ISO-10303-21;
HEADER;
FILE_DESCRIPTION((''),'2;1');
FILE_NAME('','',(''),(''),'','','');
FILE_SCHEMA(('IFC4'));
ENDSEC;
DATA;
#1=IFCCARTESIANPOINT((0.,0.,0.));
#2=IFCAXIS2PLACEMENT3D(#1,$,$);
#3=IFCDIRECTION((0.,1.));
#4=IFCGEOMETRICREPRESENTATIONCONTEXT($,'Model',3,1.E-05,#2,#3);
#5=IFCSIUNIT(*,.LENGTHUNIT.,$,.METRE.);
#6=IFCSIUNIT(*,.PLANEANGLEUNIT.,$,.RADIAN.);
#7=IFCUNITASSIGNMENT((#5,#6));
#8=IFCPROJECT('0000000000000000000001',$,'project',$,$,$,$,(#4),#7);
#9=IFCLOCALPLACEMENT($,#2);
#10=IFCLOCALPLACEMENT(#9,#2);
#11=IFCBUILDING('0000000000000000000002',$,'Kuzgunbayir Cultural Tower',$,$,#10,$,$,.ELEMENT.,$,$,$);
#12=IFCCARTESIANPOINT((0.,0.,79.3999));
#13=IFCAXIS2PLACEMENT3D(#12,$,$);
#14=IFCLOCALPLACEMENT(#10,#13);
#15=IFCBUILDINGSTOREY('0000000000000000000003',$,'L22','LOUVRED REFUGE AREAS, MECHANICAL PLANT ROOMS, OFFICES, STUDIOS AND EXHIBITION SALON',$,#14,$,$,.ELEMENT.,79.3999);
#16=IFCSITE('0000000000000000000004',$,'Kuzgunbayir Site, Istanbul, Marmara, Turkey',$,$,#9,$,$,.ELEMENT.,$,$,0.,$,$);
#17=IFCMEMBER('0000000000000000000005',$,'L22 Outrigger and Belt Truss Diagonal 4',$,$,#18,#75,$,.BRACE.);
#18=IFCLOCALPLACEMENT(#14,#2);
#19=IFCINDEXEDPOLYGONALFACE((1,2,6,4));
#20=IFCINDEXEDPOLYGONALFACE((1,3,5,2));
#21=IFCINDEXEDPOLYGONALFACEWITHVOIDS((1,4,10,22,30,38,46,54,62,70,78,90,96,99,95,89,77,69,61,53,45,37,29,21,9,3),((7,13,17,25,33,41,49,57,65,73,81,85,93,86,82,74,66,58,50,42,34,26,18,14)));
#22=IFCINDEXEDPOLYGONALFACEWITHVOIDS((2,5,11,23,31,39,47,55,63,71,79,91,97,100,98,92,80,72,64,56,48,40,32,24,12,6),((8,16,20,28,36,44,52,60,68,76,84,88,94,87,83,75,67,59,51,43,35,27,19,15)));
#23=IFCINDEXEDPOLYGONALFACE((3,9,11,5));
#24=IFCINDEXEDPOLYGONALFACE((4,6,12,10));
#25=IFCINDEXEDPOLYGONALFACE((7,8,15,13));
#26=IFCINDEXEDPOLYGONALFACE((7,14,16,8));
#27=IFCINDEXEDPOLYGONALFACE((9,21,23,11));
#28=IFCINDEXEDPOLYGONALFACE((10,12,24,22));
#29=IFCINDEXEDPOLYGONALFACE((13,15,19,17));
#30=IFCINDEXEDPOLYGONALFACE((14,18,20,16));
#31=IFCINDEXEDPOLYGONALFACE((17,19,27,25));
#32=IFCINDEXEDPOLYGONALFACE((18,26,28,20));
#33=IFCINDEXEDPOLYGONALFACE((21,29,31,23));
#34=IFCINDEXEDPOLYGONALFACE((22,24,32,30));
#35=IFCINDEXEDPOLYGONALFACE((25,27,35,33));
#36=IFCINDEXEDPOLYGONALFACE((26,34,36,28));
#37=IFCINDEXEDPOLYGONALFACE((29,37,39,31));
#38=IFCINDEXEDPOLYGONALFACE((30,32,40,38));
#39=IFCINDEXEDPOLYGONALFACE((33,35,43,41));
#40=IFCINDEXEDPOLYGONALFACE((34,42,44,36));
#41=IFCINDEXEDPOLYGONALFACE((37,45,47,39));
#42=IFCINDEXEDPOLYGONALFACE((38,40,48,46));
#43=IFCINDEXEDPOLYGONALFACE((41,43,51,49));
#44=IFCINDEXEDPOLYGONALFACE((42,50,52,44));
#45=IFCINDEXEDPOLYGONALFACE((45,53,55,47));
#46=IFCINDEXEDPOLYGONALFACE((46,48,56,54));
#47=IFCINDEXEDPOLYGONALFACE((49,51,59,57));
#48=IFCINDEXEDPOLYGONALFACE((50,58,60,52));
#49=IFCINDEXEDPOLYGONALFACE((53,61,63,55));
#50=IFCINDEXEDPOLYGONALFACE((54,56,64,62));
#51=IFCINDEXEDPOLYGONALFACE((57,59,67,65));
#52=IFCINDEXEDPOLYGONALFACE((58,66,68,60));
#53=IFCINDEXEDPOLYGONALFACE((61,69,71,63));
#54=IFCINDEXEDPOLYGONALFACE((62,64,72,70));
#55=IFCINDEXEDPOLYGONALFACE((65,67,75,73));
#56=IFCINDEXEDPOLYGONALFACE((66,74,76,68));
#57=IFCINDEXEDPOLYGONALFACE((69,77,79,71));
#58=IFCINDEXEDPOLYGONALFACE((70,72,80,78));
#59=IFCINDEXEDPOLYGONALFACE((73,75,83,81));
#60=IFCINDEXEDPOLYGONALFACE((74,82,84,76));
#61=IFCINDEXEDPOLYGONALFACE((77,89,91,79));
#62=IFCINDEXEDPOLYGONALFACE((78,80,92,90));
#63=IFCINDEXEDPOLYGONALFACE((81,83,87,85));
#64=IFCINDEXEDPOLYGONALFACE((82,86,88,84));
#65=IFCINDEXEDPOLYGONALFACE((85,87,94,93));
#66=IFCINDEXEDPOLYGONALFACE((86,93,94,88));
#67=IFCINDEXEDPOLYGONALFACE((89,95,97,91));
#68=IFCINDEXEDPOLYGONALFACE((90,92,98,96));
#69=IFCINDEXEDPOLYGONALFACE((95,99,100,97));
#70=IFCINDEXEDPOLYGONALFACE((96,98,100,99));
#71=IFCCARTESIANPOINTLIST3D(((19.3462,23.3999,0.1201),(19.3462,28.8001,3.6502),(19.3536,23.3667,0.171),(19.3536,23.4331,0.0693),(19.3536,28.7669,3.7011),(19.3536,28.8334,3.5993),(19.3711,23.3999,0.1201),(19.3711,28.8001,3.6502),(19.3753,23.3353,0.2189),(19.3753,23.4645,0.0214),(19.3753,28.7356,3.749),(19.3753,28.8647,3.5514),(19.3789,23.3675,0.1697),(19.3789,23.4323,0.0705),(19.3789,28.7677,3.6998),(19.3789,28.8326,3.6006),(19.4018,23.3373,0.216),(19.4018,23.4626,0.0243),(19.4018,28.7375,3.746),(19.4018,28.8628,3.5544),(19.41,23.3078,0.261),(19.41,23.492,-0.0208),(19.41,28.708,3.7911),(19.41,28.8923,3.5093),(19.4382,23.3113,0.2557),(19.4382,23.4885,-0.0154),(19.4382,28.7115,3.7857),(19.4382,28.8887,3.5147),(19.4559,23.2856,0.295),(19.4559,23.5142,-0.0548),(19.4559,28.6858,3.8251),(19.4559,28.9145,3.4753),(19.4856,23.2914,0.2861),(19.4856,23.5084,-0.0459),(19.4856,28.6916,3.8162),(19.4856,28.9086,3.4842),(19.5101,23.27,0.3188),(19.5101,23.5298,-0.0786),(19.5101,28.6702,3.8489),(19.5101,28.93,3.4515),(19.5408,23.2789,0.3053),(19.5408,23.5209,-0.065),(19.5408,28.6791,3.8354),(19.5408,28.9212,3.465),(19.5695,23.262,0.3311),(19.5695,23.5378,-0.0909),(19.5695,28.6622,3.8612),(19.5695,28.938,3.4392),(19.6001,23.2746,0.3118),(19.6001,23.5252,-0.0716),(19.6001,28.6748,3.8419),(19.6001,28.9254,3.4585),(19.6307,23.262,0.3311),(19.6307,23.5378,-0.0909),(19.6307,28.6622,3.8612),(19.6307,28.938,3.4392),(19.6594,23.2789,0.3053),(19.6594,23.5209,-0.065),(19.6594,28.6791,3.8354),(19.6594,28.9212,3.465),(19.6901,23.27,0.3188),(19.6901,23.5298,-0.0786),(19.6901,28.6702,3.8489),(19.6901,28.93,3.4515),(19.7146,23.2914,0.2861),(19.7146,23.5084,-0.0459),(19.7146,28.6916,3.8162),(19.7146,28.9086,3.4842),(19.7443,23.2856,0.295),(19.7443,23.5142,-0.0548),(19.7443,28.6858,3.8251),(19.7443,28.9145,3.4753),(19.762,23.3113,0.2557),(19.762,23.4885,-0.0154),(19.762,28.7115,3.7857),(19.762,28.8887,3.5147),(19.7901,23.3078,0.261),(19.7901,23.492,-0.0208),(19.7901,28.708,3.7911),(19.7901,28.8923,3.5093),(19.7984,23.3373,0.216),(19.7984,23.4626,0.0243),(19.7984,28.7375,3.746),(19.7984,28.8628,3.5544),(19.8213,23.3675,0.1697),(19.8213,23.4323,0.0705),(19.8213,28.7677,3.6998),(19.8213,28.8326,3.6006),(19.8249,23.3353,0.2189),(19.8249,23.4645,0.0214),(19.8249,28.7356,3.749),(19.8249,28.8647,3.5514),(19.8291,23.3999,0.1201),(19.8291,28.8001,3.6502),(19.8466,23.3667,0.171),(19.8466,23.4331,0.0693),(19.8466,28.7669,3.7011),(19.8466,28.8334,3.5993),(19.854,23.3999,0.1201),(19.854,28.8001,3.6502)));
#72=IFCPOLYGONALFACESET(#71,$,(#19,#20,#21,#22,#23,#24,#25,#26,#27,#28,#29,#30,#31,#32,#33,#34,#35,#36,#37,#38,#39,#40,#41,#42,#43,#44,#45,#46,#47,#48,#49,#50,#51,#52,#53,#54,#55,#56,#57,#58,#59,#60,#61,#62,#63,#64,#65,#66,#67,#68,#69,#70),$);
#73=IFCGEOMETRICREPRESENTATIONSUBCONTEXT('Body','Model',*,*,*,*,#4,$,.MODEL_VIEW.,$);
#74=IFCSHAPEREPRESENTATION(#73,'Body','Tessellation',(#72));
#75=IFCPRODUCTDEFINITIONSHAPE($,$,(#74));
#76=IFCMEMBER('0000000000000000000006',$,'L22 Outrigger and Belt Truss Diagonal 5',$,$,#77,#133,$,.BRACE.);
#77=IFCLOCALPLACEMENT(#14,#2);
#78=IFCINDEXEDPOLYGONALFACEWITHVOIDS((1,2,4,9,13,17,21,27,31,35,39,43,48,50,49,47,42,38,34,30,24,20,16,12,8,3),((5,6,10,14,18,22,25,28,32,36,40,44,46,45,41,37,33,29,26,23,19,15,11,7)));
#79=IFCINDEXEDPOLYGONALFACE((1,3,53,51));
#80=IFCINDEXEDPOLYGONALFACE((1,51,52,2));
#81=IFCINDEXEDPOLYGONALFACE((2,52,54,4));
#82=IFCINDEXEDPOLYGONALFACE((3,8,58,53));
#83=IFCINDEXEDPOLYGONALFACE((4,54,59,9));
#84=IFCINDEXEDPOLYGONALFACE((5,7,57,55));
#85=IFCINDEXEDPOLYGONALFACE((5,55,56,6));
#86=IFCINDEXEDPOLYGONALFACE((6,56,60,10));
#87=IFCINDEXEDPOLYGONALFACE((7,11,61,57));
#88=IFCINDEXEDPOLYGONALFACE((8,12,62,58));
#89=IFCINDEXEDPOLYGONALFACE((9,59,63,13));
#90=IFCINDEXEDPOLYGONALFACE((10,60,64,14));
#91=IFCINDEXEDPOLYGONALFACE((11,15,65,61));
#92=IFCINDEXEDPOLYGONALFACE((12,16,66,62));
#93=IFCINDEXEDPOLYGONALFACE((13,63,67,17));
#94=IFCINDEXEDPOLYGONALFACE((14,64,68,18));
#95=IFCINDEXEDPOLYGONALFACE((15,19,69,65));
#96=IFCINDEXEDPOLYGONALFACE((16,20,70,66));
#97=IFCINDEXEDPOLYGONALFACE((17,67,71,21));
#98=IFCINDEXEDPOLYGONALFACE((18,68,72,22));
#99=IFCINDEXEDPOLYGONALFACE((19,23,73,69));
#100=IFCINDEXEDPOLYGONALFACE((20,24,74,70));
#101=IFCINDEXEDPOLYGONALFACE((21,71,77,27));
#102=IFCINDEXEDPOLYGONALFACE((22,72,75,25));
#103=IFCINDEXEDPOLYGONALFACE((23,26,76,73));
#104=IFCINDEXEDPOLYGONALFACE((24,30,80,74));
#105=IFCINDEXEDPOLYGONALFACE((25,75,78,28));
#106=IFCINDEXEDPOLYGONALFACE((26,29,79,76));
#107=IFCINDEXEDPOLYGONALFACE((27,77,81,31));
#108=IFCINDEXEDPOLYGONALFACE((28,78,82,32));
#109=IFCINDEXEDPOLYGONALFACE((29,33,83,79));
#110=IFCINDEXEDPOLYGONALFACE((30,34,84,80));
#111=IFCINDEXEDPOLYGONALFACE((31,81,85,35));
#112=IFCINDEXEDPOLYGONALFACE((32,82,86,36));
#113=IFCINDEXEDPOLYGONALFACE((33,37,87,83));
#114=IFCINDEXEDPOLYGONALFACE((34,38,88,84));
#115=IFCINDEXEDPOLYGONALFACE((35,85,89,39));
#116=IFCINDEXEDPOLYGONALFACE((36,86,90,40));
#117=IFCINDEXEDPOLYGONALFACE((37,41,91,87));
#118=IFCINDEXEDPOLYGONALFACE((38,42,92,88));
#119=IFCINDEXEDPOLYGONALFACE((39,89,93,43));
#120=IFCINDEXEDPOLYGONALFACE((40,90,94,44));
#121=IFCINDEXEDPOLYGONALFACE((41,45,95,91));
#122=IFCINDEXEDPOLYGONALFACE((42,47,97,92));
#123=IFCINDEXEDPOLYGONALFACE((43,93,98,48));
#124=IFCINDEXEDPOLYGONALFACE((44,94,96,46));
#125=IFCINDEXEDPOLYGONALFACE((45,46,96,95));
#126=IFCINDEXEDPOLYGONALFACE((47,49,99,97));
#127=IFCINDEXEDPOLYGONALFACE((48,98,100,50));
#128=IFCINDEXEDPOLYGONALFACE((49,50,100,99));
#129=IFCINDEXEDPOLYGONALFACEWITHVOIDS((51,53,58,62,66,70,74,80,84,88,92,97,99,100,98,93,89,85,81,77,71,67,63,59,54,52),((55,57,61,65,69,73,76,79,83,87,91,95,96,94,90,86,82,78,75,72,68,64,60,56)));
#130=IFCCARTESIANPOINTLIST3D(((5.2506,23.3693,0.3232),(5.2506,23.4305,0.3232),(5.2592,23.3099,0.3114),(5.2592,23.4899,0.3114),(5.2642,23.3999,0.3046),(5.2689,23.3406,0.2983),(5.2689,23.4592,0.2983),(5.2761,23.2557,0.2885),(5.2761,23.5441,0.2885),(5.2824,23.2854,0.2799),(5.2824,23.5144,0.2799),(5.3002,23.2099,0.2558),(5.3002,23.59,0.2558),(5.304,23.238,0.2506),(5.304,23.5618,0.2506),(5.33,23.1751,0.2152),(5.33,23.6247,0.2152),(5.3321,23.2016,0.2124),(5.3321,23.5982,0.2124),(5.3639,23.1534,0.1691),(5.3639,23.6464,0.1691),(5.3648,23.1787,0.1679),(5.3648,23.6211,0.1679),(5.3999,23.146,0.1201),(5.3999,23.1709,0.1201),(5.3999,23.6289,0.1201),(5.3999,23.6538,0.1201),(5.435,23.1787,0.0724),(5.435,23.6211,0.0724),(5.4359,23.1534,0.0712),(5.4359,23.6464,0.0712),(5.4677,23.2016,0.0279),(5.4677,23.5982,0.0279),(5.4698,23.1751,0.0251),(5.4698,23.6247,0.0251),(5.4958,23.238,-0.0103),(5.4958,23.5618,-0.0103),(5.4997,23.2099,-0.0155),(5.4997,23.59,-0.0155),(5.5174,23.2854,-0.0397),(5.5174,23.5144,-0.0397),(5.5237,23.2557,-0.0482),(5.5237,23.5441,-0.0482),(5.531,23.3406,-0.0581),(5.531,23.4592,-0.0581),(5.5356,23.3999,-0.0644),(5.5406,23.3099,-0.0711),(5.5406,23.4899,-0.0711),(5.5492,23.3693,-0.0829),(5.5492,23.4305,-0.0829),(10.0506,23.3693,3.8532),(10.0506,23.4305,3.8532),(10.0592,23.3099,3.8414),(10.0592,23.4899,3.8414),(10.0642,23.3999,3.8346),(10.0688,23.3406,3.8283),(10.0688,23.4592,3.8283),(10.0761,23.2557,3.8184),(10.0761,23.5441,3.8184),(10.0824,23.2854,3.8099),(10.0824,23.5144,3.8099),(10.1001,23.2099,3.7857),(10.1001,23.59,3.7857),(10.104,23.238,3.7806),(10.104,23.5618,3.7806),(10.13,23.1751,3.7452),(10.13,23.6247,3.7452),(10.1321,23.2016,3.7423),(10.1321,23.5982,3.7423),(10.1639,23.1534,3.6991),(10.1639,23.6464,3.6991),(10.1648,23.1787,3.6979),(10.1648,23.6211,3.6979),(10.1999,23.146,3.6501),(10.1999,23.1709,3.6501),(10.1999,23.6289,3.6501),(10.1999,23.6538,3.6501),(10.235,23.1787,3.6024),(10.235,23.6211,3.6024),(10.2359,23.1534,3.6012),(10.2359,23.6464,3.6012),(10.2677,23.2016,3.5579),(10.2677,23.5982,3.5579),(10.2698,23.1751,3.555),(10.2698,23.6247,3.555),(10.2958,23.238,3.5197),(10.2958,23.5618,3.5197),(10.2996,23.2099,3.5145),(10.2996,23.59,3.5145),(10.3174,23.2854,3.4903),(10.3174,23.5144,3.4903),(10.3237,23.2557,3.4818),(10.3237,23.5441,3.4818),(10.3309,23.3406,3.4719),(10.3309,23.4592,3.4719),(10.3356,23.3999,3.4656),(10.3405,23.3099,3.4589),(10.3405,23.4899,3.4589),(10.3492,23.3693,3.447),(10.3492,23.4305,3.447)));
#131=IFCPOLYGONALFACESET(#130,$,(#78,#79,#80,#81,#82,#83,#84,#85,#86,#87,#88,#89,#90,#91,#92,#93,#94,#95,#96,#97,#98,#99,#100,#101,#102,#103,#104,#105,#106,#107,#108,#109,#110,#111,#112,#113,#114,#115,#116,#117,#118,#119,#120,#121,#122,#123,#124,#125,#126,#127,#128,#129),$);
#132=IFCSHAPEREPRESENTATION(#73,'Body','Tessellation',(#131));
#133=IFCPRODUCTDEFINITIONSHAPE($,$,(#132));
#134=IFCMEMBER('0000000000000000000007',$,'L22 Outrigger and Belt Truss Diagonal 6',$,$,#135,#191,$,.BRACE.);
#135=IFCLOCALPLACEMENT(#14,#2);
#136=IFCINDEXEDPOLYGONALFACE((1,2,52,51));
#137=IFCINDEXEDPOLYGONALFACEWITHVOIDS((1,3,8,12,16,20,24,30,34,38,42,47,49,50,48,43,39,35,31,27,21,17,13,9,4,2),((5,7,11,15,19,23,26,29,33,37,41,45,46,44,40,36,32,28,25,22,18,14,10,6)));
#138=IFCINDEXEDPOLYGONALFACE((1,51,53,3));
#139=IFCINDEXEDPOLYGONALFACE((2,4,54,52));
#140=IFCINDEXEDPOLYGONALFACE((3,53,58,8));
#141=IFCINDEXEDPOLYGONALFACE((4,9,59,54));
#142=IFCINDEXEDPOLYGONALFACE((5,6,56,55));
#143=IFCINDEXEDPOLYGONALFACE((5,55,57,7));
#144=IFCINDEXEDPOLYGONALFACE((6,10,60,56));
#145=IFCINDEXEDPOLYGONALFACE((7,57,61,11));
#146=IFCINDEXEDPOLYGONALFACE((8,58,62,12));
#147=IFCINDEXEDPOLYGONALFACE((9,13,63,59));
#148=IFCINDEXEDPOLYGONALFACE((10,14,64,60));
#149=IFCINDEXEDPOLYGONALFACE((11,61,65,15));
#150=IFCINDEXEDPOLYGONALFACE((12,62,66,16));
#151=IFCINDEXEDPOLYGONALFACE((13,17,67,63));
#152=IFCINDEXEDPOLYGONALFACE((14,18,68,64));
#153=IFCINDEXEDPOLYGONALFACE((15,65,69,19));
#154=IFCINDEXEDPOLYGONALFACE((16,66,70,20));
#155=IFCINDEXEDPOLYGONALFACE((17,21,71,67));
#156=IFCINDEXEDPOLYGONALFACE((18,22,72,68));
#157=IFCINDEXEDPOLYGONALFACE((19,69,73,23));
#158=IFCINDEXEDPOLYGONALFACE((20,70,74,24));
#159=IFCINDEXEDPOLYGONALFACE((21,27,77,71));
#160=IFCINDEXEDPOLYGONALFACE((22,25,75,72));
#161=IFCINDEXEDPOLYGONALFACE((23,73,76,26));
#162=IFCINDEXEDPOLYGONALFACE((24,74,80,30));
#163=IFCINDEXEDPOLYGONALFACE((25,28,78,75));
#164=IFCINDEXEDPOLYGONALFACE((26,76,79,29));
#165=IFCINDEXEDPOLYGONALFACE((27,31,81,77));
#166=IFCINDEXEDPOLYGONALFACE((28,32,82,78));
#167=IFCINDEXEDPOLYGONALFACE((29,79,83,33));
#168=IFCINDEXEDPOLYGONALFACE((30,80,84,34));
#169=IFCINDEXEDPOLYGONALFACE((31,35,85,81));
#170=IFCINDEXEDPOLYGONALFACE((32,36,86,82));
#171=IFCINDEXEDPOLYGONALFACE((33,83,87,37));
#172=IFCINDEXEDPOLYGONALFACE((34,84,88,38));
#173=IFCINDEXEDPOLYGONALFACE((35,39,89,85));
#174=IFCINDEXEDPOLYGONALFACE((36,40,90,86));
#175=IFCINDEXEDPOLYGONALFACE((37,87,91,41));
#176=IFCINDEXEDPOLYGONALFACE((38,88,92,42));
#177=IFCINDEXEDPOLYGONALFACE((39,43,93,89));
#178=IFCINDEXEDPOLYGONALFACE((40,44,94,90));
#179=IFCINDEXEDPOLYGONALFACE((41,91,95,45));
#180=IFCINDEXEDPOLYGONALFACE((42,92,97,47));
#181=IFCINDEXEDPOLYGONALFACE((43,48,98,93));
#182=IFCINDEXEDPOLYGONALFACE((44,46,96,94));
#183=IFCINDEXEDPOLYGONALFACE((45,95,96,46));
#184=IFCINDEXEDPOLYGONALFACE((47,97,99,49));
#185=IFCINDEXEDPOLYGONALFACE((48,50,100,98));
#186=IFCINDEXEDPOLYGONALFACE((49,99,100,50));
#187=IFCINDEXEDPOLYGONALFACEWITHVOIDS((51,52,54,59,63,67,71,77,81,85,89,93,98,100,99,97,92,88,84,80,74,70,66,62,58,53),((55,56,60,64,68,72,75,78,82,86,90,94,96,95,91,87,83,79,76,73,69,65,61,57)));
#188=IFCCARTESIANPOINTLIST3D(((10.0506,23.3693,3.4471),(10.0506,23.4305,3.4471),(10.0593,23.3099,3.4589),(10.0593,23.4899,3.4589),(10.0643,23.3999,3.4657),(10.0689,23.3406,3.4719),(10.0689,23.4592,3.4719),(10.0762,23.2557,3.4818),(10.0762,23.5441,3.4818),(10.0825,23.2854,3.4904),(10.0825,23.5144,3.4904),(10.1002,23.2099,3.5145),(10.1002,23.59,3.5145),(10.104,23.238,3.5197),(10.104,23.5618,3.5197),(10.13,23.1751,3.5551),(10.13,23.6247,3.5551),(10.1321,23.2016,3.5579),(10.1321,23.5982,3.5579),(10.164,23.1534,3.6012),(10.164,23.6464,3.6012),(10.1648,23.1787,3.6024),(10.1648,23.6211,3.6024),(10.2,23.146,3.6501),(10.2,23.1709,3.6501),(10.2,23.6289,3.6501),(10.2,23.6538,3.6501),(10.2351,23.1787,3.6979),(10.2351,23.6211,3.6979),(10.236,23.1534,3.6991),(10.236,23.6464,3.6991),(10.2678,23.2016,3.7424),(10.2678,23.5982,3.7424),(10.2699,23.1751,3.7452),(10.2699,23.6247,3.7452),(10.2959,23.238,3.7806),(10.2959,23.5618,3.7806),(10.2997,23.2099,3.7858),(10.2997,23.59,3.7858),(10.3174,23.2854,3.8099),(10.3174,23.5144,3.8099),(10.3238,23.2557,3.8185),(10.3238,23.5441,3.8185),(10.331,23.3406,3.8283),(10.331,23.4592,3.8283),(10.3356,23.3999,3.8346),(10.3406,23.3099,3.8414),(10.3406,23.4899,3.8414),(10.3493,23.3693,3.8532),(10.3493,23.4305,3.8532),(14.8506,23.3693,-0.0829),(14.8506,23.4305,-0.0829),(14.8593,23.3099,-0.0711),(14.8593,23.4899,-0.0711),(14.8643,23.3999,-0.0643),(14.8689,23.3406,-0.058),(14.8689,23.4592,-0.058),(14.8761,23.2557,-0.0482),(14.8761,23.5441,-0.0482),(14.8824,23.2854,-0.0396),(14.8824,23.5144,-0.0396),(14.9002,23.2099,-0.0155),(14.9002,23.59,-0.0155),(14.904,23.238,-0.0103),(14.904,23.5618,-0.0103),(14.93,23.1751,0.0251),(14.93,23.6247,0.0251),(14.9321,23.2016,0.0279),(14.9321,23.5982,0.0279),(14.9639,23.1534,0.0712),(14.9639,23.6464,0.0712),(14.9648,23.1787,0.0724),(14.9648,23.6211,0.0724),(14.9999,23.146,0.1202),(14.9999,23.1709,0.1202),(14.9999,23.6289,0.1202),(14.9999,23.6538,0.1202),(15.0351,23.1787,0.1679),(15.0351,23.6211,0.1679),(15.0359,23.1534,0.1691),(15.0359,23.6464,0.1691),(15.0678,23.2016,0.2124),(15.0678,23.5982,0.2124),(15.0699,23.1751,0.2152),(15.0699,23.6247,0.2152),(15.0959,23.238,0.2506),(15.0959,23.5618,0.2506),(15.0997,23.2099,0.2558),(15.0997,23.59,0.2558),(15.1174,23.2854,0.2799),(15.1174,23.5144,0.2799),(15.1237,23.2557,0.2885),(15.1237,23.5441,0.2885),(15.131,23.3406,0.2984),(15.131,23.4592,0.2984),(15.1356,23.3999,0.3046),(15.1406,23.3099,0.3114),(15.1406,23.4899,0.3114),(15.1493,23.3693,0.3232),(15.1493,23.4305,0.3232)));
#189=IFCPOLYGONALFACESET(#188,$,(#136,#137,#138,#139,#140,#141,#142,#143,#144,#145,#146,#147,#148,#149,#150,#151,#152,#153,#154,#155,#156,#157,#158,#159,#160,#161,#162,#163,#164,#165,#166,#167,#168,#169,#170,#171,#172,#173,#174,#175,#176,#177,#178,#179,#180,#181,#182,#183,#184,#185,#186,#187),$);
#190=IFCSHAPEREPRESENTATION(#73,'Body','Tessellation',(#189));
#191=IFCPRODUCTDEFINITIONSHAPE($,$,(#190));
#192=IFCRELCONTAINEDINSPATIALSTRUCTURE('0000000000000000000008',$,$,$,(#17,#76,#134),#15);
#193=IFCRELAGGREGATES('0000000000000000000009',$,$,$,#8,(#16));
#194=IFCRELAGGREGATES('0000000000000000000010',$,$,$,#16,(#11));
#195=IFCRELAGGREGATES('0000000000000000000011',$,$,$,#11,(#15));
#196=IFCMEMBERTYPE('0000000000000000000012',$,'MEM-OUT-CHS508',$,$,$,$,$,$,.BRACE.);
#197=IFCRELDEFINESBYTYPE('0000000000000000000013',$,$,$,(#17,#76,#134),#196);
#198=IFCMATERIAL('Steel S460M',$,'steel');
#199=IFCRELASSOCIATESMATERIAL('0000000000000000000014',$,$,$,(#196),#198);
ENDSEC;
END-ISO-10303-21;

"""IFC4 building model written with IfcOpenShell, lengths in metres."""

from ifc_helpers import new_model, si_unit, direction, frame, origin, origin_2d, place, context, subcontext, project, spatial, hollow_circle, extrude, material, material_profile, profile_set, type_object, element, save


model = new_model("IFC4")

# Units and contexts
model_context = context("Model", 3, precision=1e-05, world=origin(), true_north=direction((0.0, 1.0)))
body_context = subcontext(model_context, "Body", "Model", "MODEL_VIEW")
ifc_project = project(units=[si_unit("LENGTHUNIT", "METRE"), si_unit("PLANEANGLEUNIT", "RADIAN")], contexts=[model_context])

# Site, building, storey
site_placement = place(None, origin())
site = spatial("IfcSite", under=ifc_project, at=site_placement, Name="Kuzgunbayir Site, Istanbul, Marmara, Turkey", CompositionType="ELEMENT", RefElevation=0.0)
building_placement = place(site_placement, origin())
building = spatial("IfcBuilding", under=site, at=building_placement, Name="Kuzgunbayir Cultural Tower", CompositionType="ELEMENT")
storey_placement = place(building_placement, frame((0.0, 0.0, 79.3999)))
storey = spatial("IfcBuildingStorey", under=building, at=storey_placement, Name="L22", Description="LOUVRED REFUGE AREAS, MECHANICAL PLANT ROOMS, OFFICES, STUDIOS AND EXHIBITION SALON", CompositionType="ELEMENT", Elevation=79.3999)

# Members
ifc_material_1 = material(Name="Steel S460M", Category="steel")
ifc_material_profile_1 = material_profile(ifc_material_1, hollow_circle(Radius=0.2539, WallThickness=0.0249, at=origin_2d()), Name="CHS 508x25")
ifc_profile_set_1 = profile_set([ifc_material_profile_1], Name="Steel S460M")
member_type_1 = type_object("IfcMemberType", Name="MEM-OUT-CHS508", PredefinedType="BRACE", material=ifc_profile_set_1)
for number, where, z_axis, x_axis, name in (
    (1, (19.6001, 23.3999, 0.1201), (0.0, 0.837029, 0.547159), (-1.0, 0.0, 0.0), "L22 Outrigger and Belt Truss Diagonal 4"),
):
    element("IfcMember", number, at=place(storey_placement, frame(where, z_axis=z_axis, x_axis=x_axis)), inside=storey, type_object=member_type_1, Name=name, PredefinedType="BRACE", context=body_context, shape_type="SweptSolid", body=[
        extrude(hollow_circle(Radius=0.2539, WallThickness=0.0249, at=origin_2d()), origin(), (0.0, 0.0, 1.0), 6.4517),
    ])
for number, where, z_axis, x_axis, name in (
    (2, (5.3999, 23.3999, 0.1201), (0.805604, 0.0, 0.592454), (0.0, 1.0, 0.0), "L22 Outrigger and Belt Truss Diagonal 5"),
    (3, (10.2, 23.3999, 3.6501), (0.805604, 0.0, -0.592454), (0.0, 1.0, 0.0), "L22 Outrigger and Belt Truss Diagonal 6"),
):
    element("IfcMember", number, at=place(storey_placement, frame(where, z_axis=z_axis, x_axis=x_axis)), inside=storey, type_object=member_type_1, Name=name, PredefinedType="BRACE", context=body_context, shape_type="SweptSolid", body=[
        extrude(hollow_circle(Radius=0.2539, WallThickness=0.0249, at=origin_2d()), origin(), (0.0, 0.0, 1.0), 5.9583),
    ])

save(model, "model.ifc")
